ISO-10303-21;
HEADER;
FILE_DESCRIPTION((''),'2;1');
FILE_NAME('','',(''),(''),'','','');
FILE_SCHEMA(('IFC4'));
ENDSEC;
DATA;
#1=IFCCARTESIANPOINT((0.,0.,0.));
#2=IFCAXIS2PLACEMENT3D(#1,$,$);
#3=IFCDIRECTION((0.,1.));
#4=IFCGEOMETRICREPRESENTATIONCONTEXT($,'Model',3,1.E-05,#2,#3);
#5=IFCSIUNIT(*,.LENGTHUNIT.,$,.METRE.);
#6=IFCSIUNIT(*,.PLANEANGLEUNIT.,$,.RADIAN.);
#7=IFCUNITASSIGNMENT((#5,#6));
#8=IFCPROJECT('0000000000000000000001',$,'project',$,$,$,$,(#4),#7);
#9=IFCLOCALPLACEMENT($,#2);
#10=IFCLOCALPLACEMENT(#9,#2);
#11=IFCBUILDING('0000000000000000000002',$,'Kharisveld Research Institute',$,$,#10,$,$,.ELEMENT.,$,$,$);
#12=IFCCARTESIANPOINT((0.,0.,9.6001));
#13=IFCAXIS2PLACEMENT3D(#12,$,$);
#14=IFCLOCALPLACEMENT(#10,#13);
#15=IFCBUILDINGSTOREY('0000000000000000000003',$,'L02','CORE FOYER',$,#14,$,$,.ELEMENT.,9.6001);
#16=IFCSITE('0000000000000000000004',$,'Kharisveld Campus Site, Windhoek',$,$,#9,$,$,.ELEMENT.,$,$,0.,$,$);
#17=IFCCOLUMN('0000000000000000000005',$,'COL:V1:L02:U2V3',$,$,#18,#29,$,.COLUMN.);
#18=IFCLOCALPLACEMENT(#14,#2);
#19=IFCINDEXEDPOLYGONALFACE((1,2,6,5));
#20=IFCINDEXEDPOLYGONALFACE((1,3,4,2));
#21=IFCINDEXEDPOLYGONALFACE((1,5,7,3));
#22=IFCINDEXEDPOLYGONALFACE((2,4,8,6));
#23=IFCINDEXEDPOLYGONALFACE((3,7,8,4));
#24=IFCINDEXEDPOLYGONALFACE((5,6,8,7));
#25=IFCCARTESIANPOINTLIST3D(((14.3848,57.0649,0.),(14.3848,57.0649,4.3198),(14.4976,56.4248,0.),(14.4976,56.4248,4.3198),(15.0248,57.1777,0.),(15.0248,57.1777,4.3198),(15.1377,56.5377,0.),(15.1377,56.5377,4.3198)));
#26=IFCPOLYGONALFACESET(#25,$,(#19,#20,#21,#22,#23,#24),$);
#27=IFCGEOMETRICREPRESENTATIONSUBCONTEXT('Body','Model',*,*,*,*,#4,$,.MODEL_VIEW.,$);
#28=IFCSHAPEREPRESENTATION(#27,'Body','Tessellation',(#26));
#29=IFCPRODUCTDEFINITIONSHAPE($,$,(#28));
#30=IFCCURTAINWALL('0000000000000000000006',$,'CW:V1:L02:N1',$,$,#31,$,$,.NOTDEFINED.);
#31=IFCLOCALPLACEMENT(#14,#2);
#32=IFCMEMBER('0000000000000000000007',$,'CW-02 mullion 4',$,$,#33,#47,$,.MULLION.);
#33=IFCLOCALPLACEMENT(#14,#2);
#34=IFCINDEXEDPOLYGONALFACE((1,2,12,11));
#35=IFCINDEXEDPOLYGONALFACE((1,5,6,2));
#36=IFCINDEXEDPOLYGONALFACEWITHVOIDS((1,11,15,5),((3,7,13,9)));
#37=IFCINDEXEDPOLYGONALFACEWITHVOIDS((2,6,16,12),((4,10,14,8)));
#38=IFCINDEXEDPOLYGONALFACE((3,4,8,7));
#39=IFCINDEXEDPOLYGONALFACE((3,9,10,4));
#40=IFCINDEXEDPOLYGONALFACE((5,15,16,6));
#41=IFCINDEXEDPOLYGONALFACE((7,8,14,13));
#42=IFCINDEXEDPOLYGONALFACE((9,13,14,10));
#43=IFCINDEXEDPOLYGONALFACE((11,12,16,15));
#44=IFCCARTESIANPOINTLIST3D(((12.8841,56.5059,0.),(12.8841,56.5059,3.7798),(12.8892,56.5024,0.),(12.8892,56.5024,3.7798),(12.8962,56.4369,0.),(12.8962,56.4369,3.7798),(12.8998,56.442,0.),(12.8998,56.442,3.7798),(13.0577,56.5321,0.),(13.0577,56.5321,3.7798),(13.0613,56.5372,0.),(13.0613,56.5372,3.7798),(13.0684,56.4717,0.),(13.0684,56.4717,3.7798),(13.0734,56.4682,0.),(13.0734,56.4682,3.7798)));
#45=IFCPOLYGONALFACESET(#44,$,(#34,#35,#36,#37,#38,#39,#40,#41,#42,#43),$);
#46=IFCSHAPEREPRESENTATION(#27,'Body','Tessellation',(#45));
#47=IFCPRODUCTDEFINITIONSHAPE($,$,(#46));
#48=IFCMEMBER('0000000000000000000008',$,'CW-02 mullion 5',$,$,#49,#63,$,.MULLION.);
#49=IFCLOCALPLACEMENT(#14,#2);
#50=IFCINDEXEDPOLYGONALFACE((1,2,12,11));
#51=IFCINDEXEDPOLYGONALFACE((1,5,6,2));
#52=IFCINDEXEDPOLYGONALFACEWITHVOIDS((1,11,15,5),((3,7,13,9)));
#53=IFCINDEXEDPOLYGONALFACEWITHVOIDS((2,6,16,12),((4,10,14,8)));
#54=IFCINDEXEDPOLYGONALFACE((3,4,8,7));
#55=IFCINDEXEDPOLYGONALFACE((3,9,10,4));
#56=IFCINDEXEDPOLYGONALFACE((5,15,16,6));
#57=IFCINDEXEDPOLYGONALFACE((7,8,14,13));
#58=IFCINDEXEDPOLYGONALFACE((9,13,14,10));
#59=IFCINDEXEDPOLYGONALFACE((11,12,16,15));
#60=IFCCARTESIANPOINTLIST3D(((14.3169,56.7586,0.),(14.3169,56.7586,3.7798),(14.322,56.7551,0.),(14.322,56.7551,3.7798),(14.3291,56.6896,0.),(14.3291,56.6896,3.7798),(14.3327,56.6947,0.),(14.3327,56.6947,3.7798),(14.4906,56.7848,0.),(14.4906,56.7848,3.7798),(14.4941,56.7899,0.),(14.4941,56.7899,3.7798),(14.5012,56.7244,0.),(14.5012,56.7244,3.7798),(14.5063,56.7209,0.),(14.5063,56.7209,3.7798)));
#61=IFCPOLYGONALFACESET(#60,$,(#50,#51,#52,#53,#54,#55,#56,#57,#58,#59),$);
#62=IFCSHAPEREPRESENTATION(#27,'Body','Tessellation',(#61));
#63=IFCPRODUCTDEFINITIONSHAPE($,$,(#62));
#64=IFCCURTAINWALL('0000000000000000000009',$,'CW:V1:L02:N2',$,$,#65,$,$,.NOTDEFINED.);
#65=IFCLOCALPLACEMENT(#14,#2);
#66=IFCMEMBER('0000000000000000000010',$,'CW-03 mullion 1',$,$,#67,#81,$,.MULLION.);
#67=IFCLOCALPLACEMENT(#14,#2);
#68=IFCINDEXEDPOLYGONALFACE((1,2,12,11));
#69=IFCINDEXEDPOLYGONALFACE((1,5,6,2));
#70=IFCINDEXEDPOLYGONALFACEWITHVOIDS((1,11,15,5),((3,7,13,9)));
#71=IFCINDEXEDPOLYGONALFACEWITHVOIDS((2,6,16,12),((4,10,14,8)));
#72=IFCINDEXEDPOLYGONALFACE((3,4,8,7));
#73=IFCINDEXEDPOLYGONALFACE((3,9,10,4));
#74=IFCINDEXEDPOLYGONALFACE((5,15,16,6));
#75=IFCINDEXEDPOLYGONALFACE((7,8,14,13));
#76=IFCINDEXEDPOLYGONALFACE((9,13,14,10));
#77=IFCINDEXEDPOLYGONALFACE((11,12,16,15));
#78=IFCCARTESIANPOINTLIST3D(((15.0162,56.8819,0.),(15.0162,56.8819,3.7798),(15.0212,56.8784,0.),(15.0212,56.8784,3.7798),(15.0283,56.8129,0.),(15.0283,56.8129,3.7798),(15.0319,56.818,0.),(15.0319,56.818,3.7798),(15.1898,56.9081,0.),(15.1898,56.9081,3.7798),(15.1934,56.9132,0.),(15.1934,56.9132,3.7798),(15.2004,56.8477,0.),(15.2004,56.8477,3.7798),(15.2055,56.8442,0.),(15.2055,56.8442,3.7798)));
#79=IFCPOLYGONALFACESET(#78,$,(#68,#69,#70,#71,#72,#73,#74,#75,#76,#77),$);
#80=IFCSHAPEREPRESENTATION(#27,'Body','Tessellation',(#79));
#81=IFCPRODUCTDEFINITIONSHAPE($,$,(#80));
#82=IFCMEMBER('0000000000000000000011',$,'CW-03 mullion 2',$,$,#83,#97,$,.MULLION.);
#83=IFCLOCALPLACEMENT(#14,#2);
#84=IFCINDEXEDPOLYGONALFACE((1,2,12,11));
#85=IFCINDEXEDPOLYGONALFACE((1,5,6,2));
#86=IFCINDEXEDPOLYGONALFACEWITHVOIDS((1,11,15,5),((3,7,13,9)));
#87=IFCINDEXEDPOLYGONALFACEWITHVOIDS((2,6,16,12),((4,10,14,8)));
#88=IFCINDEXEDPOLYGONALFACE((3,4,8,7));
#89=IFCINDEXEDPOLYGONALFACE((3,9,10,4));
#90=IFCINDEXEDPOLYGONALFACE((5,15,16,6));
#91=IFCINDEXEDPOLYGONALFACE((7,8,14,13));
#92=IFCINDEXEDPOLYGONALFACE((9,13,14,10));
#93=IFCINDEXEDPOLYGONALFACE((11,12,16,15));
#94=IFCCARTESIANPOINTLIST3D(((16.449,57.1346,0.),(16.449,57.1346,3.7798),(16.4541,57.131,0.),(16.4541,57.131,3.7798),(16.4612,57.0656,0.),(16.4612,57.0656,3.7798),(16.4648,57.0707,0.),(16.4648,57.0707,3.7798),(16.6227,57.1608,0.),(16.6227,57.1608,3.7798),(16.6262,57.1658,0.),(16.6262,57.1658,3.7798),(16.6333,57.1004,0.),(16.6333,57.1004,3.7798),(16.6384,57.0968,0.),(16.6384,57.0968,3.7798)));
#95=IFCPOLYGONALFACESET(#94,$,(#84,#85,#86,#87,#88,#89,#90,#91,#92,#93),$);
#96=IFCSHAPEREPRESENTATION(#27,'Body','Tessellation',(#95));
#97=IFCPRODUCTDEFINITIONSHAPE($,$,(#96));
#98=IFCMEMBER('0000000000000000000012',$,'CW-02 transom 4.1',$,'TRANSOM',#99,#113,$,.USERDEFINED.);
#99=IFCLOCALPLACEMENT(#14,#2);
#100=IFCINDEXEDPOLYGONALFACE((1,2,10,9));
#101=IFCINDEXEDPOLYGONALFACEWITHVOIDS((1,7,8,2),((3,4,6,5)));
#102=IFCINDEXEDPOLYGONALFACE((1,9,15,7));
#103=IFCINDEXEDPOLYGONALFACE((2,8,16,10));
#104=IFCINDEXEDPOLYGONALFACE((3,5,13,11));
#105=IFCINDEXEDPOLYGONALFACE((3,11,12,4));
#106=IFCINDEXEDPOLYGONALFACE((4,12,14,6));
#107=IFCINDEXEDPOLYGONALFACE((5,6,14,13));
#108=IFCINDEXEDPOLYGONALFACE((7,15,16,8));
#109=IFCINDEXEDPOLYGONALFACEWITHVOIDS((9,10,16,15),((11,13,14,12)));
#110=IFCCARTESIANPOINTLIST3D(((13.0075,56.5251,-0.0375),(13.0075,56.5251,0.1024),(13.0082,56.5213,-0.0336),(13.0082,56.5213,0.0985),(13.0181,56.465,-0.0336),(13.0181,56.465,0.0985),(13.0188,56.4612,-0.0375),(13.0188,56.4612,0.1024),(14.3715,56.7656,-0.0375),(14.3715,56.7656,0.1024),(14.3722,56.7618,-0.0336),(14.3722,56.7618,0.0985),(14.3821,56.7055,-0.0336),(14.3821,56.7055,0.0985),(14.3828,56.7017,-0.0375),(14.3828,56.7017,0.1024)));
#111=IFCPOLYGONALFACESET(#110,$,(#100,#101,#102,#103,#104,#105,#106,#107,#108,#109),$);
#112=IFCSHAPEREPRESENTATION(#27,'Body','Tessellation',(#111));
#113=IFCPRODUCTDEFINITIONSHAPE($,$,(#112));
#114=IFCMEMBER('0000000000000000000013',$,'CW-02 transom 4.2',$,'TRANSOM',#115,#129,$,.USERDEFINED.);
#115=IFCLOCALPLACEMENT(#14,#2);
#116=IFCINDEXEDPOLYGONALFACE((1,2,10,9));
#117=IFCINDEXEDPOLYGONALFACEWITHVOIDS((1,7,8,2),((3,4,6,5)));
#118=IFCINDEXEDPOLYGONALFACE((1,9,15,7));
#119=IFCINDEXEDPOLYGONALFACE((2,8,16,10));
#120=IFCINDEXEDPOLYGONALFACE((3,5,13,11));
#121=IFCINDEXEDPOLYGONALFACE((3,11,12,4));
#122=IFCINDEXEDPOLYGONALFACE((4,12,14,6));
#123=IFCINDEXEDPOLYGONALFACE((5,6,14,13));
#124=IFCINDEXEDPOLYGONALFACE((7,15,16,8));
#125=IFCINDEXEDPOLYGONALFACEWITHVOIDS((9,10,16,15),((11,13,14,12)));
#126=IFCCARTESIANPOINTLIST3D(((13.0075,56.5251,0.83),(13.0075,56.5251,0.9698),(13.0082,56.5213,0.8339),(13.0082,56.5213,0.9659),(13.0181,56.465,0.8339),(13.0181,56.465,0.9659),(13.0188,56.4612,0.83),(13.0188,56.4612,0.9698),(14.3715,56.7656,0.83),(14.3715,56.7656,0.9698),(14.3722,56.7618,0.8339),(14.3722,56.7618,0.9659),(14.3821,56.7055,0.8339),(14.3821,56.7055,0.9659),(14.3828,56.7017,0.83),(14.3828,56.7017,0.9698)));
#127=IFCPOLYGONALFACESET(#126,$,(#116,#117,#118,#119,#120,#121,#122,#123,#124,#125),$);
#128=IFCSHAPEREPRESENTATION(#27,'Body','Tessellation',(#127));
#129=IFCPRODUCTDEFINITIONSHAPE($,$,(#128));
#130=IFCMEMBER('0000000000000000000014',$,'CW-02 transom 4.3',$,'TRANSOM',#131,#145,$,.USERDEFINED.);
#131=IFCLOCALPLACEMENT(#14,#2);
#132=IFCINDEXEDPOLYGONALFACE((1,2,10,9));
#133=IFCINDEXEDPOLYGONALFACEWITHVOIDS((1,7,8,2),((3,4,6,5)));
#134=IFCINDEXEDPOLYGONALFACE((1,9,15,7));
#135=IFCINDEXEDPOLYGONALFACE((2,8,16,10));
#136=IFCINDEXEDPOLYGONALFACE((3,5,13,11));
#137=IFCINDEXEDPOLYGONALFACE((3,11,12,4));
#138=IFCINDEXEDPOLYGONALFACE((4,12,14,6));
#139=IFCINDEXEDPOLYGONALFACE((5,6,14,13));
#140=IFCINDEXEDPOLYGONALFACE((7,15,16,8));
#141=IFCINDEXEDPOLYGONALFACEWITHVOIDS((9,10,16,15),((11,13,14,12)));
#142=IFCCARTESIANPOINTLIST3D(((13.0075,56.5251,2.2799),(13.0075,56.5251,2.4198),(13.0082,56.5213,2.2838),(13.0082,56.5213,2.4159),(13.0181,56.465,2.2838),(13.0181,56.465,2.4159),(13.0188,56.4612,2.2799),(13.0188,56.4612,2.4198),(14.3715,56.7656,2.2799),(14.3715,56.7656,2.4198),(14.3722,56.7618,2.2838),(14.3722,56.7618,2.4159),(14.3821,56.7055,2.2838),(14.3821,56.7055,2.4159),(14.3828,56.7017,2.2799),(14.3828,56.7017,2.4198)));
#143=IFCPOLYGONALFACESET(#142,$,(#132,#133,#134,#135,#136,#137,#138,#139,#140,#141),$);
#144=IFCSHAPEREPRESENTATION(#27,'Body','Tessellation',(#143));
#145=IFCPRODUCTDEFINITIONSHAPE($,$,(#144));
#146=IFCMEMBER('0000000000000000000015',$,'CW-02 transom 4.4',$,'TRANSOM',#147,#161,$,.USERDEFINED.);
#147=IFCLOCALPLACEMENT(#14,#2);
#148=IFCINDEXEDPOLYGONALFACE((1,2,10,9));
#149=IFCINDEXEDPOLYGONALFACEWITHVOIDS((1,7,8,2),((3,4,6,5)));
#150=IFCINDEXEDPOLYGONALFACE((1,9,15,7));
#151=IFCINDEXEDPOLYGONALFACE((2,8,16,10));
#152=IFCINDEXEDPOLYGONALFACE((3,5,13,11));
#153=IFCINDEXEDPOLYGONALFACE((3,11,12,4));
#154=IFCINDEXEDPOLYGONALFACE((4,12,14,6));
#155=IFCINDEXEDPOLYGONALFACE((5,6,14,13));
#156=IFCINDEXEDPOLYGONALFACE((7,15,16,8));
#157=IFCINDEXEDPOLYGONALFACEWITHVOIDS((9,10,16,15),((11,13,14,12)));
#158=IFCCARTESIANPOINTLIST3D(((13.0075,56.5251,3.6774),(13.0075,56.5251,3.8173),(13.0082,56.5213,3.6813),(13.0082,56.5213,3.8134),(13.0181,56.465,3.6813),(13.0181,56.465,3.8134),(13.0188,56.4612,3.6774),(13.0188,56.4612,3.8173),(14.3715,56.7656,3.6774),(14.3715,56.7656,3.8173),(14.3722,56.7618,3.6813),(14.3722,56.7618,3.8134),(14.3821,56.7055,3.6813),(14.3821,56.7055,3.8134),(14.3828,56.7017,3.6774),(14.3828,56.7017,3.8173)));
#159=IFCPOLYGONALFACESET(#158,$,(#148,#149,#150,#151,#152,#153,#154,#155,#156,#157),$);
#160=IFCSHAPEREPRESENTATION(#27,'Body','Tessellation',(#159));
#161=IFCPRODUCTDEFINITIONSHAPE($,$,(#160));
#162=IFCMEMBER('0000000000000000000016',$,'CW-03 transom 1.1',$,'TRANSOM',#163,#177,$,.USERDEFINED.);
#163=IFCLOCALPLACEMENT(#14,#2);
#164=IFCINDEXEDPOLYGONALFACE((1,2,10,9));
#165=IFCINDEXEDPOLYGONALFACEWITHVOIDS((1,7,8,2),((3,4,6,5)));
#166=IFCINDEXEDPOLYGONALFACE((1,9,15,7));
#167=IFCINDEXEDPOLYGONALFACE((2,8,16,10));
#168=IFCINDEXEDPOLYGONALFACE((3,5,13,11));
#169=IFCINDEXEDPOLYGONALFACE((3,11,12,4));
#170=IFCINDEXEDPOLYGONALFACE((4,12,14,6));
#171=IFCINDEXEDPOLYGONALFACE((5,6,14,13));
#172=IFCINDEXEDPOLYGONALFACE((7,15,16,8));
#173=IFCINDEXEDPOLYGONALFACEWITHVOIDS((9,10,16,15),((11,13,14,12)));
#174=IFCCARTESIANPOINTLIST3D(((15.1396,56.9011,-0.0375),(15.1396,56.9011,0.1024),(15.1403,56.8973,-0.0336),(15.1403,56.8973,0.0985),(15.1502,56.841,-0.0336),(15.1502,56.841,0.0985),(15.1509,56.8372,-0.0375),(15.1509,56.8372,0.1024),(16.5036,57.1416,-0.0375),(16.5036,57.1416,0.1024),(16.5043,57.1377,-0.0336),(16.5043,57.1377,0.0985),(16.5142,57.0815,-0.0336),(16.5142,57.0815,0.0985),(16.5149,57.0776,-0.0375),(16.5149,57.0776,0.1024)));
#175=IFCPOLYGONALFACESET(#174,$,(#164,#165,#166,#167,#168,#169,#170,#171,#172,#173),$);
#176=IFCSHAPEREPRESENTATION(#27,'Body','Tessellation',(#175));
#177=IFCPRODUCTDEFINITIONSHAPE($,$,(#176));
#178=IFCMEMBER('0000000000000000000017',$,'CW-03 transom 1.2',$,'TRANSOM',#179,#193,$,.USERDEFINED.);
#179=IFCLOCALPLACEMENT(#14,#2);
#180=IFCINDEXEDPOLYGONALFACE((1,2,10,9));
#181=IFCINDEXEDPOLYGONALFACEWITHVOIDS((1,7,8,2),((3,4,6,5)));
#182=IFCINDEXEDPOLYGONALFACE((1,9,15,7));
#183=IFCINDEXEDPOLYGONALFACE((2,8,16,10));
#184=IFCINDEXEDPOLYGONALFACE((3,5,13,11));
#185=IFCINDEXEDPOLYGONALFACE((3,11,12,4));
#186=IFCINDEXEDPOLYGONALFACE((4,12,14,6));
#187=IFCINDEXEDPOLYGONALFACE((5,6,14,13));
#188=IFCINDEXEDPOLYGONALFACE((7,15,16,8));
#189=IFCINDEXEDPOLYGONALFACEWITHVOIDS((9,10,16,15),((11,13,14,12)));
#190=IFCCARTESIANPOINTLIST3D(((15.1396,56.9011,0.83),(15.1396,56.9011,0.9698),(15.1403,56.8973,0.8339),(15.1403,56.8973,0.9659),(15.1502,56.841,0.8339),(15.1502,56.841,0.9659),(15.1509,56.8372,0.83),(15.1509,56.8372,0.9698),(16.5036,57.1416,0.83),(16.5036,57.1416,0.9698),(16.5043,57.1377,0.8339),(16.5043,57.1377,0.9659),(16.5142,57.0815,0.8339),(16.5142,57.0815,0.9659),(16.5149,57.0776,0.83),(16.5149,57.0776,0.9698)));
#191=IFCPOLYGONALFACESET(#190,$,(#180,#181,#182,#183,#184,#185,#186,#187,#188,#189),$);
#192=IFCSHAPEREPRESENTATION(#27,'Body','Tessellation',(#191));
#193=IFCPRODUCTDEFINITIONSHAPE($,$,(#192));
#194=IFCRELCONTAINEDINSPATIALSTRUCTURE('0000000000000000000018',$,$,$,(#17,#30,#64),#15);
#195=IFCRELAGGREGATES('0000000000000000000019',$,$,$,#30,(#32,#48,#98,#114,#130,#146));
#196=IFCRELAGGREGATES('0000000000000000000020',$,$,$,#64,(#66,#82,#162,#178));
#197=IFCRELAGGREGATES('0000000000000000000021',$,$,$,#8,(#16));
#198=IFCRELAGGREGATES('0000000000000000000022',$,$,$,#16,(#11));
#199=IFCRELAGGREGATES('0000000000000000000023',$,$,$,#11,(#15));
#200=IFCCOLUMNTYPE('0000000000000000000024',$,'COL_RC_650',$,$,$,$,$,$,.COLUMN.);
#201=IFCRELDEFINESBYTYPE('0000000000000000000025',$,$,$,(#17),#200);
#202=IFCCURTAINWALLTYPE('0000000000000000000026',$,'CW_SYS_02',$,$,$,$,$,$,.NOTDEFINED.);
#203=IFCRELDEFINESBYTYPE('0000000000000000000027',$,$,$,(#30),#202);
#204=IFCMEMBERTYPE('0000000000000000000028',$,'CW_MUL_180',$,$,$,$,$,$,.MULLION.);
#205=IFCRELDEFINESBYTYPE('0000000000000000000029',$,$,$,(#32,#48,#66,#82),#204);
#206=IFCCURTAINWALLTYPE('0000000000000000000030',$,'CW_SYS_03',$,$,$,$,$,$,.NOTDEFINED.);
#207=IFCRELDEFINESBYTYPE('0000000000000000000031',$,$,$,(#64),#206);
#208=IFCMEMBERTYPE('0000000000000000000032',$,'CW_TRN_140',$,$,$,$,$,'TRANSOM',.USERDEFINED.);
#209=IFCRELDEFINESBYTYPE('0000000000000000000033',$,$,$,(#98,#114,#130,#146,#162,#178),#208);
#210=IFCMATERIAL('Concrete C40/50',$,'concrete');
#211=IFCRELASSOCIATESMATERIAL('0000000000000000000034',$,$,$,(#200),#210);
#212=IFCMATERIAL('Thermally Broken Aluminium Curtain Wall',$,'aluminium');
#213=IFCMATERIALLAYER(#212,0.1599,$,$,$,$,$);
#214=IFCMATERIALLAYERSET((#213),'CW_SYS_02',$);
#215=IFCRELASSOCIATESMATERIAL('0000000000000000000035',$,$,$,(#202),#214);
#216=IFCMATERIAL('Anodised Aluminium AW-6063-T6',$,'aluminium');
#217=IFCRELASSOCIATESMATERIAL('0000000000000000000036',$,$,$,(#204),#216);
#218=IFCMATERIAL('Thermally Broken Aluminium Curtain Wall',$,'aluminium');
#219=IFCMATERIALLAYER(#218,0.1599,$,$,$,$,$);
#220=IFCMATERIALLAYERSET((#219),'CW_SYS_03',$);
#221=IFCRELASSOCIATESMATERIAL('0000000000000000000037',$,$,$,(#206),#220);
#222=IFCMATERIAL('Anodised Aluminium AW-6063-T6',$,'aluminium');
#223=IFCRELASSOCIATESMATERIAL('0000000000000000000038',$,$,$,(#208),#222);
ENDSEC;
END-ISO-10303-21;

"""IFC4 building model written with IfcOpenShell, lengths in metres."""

from ifc_helpers import new_model, si_unit, direction, frame, origin, origin_2d, place, context, subcontext, project, spatial, rectangle, hollow_rectangle, extrude, material, layer, layer_set, material_profile, profile_set, type_object, element, aggregate, save


model = new_model("IFC4")

# Units and contexts
model_context = context("Model", 3, precision=1e-05, world=origin(), true_north=direction((0.0, 1.0)))
body_context = subcontext(model_context, "Body", "Model", "MODEL_VIEW")
ifc_project = project(units=[si_unit("LENGTHUNIT", "METRE"), si_unit("PLANEANGLEUNIT", "RADIAN")], contexts=[model_context])

# Site, building, storey
site_placement = place(None, origin())
site = spatial("IfcSite", under=ifc_project, at=site_placement, Name="Kharisveld Campus Site, Windhoek", CompositionType="ELEMENT", RefElevation=0.0)
building_placement = place(site_placement, origin())
building = spatial("IfcBuilding", under=site, at=building_placement, Name="Kharisveld Research Institute", CompositionType="ELEMENT")
storey_placement = place(building_placement, frame((0.0, 0.0, 9.6001)))
storey = spatial("IfcBuildingStorey", under=building, at=storey_placement, Name="L02", Description="CORE FOYER", CompositionType="ELEMENT", Elevation=9.6001)

# Column
ifc_material_1 = material(Name="Concrete C40/50", Category="concrete")
ifc_material_profile_1 = material_profile(ifc_material_1, rectangle(XDim=0.6499, YDim=0.6499, at=origin_2d()))
ifc_profile_set_1 = profile_set([ifc_material_profile_1], Name="Concrete C40/50")
column_type = type_object("IfcColumnType", Name="COL_RC_650", PredefinedType="COLUMN", material=ifc_profile_set_1)
column_placement = place(storey_placement, frame((14.7612, 56.8013, 0.0), z_axis=(0.0, 0.0, 1.0), x_axis=(0.984808, 0.173648, 0.0)))
element("IfcColumn", 1, at=column_placement, inside=storey, type_object=column_type, Name="COL:V1:L02:U2V3", PredefinedType="COLUMN", context=body_context, shape_type="SweptSolid", body=[
    extrude(rectangle(XDim=0.6499, YDim=0.6499, at=origin_2d()), origin(), (0.0, 0.0, 1.0), 4.3198),
])

# Curtain walls, members
ifc_material_2 = material(Name="Thermally Broken Aluminium Curtain Wall", Category="aluminium")
ifc_layer_1 = layer(ifc_material_2, 0.1599)
ifc_layer_set_1 = layer_set([ifc_layer_1], Name="CW_SYS_02")
curtain_wall_type_1 = type_object("IfcCurtainWallType", Name="CW_SYS_02", PredefinedType="NOTDEFINED", material=ifc_layer_set_1)
curtain_wall_1_placement = place(storey_placement, origin())
curtain_wall_1 = element("IfcCurtainWall", 2, at=curtain_wall_1_placement, inside=storey, type_object=curtain_wall_type_1, Name="CW:V1:L02:N1", PredefinedType="NOTDEFINED")
ifc_material_3 = material(Name="Anodised Aluminium AW-6063-T6", Category="aluminium")
ifc_material_profile_2 = material_profile(ifc_material_3, hollow_rectangle(XDim=0.0701, YDim=0.1799, WallThickness=0.0044, at=origin_2d()))
ifc_profile_set_2 = profile_set([ifc_material_profile_2], Name="Anodised Aluminium AW-6063-T6")
member_type_1 = type_object("IfcMemberType", Name="CW_MUL_180", PredefinedType="MULLION", material=ifc_profile_set_2)
member_1_placement = place(storey_placement, frame((12.9788, 56.4871, 0.0), z_axis=(0.0, 0.0, 1.0), x_axis=(-0.173648, 0.984808, 0.0)))
member_1 = element("IfcMember", 3, at=member_1_placement, type_object=member_type_1, Name="CW-02 mullion 4", PredefinedType="MULLION", context=body_context, shape_type="SweptSolid", body=[
    extrude(hollow_rectangle(XDim=0.0701, YDim=0.1799, WallThickness=0.0044, at=origin_2d()), origin(), (0.0, 0.0, 1.0), 3.7798),
])
member_2_placement = place(storey_placement, frame((14.4116, 56.7397, 0.0), z_axis=(0.0, 0.0, 1.0), x_axis=(-0.173648, 0.984808, 0.0)))
member_2 = element("IfcMember", 4, at=member_2_placement, type_object=member_type_1, Name="CW-02 mullion 5", PredefinedType="MULLION", context=body_context, shape_type="SweptSolid", body=[
    extrude(hollow_rectangle(XDim=0.0701, YDim=0.1799, WallThickness=0.0044, at=origin_2d()), origin(), (0.0, 0.0, 1.0), 3.7798),
])
ifc_material_4 = material(Name="Thermally Broken Aluminium Curtain Wall", Category="aluminium")
ifc_layer_2 = layer(ifc_material_4, 0.1599)
ifc_layer_set_2 = layer_set([ifc_layer_2], Name="CW_SYS_03")
curtain_wall_type_2 = type_object("IfcCurtainWallType", Name="CW_SYS_03", PredefinedType="NOTDEFINED", material=ifc_layer_set_2)
curtain_wall_2_placement = place(storey_placement, origin())
curtain_wall_2 = element("IfcCurtainWall", 5, at=curtain_wall_2_placement, inside=storey, type_object=curtain_wall_type_2, Name="CW:V1:L02:N2", PredefinedType="NOTDEFINED")
member_3_placement = place(storey_placement, frame((15.1108, 56.863, 0.0), z_axis=(0.0, 0.0, 1.0), x_axis=(-0.173648, 0.984808, 0.0)))
member_3 = element("IfcMember", 6, at=member_3_placement, type_object=member_type_1, Name="CW-03 mullion 1", PredefinedType="MULLION", context=body_context, shape_type="SweptSolid", body=[
    extrude(hollow_rectangle(XDim=0.0701, YDim=0.1799, WallThickness=0.0044, at=origin_2d()), origin(), (0.0, 0.0, 1.0), 3.7798),
])
member_4_placement = place(storey_placement, frame((16.5437, 57.1157, 0.0), z_axis=(0.0, 0.0, 1.0), x_axis=(-0.173648, 0.984808, 0.0)))
member_4 = element("IfcMember", 7, at=member_4_placement, type_object=member_type_1, Name="CW-03 mullion 2", PredefinedType="MULLION", context=body_context, shape_type="SweptSolid", body=[
    extrude(hollow_rectangle(XDim=0.0701, YDim=0.1799, WallThickness=0.0044, at=origin_2d()), origin(), (0.0, 0.0, 1.0), 3.7798),
])

# Members
ifc_material_5 = material(Name="Anodised Aluminium AW-6063-T6", Category="aluminium")
ifc_material_profile_3 = material_profile(ifc_material_5, hollow_rectangle(XDim=0.0649, YDim=0.1399, WallThickness=0.0039, at=origin_2d()))
ifc_profile_set_3 = profile_set([ifc_material_profile_3], Name="Anodised Aluminium AW-6063-T6")
member_type_2 = type_object("IfcMemberType", Name="CW_TRN_140", ElementType="TRANSOM", PredefinedType="USERDEFINED", material=ifc_profile_set_3)
member_5_placement = place(storey_placement, frame((13.0132, 56.4932, 0.0325), z_axis=(0.984812, 0.173624, 0.0), x_axis=(-0.173624, 0.984812, 0.0)))
member_5 = element("IfcMember", 8, at=member_5_placement, type_object=member_type_2, Name="CW-02 transom 4.1", ObjectType="TRANSOM", PredefinedType="USERDEFINED", context=body_context, shape_type="SweptSolid", body=[
    extrude(hollow_rectangle(XDim=0.0649, YDim=0.1399, WallThickness=0.0039, at=origin_2d()), origin(), (0.0, 0.0, 1.0), 1.385),
])
member_6_placement = place(storey_placement, frame((13.0132, 56.4932, 0.8999), z_axis=(0.984812, 0.173624, 0.0), x_axis=(-0.173624, 0.984812, 0.0)))
member_6 = element("IfcMember", 9, at=member_6_placement, type_object=member_type_2, Name="CW-02 transom 4.2", ObjectType="TRANSOM", PredefinedType="USERDEFINED", context=body_context, shape_type="SweptSolid", body=[
    extrude(hollow_rectangle(XDim=0.0649, YDim=0.1399, WallThickness=0.0039, at=origin_2d()), origin(), (0.0, 0.0, 1.0), 1.385),
])
member_7_placement = place(storey_placement, frame((13.0132, 56.4932, 2.3499), z_axis=(0.984812, 0.173624, 0.0), x_axis=(-0.173624, 0.984812, 0.0)))
member_7 = element("IfcMember", 10, at=member_7_placement, type_object=member_type_2, Name="CW-02 transom 4.3", ObjectType="TRANSOM", PredefinedType="USERDEFINED", context=body_context, shape_type="SweptSolid", body=[
    extrude(hollow_rectangle(XDim=0.0649, YDim=0.1399, WallThickness=0.0039, at=origin_2d()), origin(), (0.0, 0.0, 1.0), 1.385),
])
member_8_placement = place(storey_placement, frame((13.0132, 56.4932, 3.7473), z_axis=(0.984812, 0.173624, 0.0), x_axis=(-0.173624, 0.984812, 0.0)))
member_8 = element("IfcMember", 11, at=member_8_placement, type_object=member_type_2, Name="CW-02 transom 4.4", ObjectType="TRANSOM", PredefinedType="USERDEFINED", context=body_context, shape_type="SweptSolid", body=[
    extrude(hollow_rectangle(XDim=0.0649, YDim=0.1399, WallThickness=0.0039, at=origin_2d()), origin(), (0.0, 0.0, 1.0), 1.385),
])
member_9_placement = place(storey_placement, frame((15.1453, 56.8691, 0.0325), z_axis=(0.984812, 0.173624, 0.0), x_axis=(-0.173624, 0.984812, 0.0)))
member_9 = element("IfcMember", 12, at=member_9_placement, type_object=member_type_2, Name="CW-03 transom 1.1", ObjectType="TRANSOM", PredefinedType="USERDEFINED", context=body_context, shape_type="SweptSolid", body=[
    extrude(hollow_rectangle(XDim=0.0649, YDim=0.1399, WallThickness=0.0039, at=origin_2d()), origin(), (0.0, 0.0, 1.0), 1.385),
])
member_10_placement = place(storey_placement, frame((15.1453, 56.8691, 0.8999), z_axis=(0.984812, 0.173624, 0.0), x_axis=(-0.173624, 0.984812, 0.0)))
member_10 = element("IfcMember", 13, at=member_10_placement, type_object=member_type_2, Name="CW-03 transom 1.2", ObjectType="TRANSOM", PredefinedType="USERDEFINED", context=body_context, shape_type="SweptSolid", body=[
    extrude(hollow_rectangle(XDim=0.0649, YDim=0.1399, WallThickness=0.0039, at=origin_2d()), origin(), (0.0, 0.0, 1.0), 1.385),
])

aggregate(curtain_wall_1, [member_1, member_2, member_5, member_6, member_7, member_8])
aggregate(curtain_wall_2, [member_3, member_4, member_9, member_10])

save(model, "model.ifc")
